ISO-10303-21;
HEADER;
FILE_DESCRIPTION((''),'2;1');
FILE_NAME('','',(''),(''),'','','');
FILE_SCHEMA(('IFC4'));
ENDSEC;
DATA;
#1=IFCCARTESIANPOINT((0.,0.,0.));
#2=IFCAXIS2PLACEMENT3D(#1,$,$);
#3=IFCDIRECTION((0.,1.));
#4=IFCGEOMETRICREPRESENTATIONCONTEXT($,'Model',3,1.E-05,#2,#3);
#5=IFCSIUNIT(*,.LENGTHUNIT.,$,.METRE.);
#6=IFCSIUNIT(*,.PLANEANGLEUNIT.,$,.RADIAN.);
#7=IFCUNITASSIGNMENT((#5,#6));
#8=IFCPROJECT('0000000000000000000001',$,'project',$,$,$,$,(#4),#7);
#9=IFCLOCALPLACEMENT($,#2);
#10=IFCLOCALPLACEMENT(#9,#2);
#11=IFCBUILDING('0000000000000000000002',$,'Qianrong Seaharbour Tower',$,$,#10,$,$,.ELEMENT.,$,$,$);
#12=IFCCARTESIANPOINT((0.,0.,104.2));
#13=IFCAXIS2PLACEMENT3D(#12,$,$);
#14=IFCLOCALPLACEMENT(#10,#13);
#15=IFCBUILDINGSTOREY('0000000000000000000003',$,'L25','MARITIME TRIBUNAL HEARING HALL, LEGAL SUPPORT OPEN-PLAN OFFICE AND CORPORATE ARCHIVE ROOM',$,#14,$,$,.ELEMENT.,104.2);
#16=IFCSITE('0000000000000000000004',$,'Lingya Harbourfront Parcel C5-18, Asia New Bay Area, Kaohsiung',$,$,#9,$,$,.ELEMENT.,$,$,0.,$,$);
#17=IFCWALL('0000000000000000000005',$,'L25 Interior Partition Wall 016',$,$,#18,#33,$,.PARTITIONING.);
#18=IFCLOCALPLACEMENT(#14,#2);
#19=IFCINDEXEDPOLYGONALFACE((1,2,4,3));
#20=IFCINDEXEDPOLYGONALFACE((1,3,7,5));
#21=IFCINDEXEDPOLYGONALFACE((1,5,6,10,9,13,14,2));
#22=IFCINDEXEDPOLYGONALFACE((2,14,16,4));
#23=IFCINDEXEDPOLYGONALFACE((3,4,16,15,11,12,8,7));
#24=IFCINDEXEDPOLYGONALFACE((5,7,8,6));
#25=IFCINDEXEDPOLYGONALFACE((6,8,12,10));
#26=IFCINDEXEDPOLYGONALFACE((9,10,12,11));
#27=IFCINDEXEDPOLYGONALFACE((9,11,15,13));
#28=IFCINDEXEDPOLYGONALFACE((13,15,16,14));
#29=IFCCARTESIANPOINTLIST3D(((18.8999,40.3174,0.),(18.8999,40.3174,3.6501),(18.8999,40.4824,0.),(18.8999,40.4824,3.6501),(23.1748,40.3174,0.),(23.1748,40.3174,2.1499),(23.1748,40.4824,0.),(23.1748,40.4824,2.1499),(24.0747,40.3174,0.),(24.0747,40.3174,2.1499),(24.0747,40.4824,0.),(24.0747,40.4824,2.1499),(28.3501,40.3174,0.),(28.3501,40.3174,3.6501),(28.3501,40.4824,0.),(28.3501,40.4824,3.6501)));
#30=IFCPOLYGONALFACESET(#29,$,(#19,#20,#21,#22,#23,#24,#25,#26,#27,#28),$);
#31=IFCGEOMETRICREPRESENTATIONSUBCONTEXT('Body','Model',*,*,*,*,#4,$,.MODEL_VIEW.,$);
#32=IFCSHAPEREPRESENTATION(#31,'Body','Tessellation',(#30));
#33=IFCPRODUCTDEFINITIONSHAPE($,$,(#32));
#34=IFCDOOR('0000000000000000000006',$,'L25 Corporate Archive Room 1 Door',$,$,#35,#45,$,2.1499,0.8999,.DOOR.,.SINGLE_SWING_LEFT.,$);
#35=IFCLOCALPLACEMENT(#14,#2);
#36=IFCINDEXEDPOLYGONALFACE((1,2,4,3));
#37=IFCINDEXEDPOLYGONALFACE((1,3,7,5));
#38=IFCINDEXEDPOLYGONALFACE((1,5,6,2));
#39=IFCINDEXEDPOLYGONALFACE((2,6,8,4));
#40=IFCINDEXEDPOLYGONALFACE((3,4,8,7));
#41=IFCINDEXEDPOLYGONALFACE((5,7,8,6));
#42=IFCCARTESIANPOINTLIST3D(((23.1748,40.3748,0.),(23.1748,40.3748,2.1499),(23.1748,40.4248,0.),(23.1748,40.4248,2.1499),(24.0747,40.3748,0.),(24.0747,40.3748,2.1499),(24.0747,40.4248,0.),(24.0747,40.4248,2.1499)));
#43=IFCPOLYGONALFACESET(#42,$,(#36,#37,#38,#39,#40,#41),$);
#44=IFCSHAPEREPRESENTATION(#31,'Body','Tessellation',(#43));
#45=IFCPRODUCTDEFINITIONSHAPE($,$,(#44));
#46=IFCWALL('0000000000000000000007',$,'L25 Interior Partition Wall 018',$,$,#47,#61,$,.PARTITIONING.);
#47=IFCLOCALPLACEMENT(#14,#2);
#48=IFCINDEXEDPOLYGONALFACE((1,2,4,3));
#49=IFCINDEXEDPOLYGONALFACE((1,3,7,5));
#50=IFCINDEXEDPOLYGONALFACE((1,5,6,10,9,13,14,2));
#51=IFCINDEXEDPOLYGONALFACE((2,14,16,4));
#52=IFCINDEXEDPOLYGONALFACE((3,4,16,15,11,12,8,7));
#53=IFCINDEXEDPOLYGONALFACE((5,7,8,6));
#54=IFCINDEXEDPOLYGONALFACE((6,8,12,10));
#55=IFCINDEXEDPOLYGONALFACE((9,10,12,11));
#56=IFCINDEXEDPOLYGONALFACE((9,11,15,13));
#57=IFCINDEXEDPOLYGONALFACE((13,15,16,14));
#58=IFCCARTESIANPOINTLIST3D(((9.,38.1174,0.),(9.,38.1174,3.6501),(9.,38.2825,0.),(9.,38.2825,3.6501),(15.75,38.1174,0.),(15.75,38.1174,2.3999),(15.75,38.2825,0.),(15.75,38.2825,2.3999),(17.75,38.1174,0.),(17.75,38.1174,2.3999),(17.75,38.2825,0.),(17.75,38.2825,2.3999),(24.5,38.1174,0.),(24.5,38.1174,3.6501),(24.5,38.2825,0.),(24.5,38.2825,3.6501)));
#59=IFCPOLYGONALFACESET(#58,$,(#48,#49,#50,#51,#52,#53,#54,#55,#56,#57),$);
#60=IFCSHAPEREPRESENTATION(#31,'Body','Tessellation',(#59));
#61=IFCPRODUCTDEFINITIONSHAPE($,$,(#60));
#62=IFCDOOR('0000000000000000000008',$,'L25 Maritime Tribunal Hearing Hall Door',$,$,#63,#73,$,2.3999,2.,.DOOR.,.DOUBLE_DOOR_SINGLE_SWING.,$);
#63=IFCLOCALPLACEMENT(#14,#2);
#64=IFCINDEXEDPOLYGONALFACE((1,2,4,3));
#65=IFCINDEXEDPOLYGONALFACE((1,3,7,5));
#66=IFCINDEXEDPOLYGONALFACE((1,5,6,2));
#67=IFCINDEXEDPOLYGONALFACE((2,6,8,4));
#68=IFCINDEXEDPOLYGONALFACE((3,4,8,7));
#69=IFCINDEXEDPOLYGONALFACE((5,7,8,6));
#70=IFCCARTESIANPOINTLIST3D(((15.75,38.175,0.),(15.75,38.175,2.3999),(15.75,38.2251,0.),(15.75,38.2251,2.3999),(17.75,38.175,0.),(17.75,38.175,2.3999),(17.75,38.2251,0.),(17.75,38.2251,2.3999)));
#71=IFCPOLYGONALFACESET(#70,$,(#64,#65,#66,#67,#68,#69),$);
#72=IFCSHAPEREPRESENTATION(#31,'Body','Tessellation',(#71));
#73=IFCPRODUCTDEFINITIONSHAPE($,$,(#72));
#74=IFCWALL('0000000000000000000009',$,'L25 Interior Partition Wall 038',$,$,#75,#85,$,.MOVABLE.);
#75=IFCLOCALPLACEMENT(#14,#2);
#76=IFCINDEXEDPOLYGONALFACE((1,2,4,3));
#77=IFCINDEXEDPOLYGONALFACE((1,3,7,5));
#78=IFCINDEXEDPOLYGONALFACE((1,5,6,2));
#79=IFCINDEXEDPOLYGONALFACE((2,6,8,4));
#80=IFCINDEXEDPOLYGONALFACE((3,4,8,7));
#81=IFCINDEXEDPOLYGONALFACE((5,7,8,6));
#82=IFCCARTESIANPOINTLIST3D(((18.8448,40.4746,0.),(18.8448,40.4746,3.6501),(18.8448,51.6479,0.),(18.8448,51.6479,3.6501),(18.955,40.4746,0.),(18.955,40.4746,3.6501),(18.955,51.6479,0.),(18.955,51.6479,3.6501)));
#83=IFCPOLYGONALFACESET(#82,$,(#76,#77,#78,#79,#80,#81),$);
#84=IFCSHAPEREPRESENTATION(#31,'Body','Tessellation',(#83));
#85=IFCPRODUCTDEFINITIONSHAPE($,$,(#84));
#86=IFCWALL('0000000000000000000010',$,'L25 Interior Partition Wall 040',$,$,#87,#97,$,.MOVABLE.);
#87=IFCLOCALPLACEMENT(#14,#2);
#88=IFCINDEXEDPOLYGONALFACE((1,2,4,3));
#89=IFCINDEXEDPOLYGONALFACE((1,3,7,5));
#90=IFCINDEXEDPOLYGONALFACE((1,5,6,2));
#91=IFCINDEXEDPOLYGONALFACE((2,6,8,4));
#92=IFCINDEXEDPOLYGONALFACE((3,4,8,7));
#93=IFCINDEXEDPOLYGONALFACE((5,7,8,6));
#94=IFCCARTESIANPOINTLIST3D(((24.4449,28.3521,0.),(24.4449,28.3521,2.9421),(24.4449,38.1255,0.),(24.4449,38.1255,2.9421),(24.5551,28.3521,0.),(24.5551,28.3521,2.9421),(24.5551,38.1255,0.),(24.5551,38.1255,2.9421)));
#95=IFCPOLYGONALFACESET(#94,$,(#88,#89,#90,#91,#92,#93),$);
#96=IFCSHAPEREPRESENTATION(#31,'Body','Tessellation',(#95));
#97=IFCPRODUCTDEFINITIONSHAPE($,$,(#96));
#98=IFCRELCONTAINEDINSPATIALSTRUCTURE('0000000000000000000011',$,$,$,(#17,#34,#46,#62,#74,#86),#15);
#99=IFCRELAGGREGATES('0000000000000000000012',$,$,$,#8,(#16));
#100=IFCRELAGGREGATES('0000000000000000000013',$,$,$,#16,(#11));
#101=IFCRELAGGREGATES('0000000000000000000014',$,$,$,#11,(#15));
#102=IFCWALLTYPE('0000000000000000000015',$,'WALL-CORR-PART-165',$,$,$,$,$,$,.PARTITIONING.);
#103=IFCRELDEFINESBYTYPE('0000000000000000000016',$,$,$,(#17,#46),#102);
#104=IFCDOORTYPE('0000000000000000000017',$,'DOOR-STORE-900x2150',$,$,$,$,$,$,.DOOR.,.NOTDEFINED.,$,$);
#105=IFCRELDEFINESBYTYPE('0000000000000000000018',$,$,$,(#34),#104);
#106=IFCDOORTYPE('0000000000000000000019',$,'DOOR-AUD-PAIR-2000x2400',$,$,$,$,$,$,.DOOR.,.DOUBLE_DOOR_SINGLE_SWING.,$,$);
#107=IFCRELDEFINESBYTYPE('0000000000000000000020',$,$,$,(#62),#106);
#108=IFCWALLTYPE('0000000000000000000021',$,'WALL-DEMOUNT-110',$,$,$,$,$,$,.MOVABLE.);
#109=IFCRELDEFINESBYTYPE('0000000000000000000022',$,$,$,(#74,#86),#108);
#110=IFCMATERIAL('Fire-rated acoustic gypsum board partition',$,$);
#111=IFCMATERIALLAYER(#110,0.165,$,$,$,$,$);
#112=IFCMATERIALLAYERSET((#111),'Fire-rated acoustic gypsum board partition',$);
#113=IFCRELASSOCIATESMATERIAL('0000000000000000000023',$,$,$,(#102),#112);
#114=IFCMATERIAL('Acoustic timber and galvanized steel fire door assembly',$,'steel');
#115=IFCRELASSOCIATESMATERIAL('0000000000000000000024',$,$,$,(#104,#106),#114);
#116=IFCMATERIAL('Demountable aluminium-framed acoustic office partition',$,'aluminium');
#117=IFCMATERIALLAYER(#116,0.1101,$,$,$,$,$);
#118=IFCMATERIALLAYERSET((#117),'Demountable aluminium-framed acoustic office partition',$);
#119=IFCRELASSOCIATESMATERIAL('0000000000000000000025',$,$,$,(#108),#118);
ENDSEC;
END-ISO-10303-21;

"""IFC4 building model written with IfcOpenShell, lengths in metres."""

from ifc_helpers import new_model, si_unit, direction, frame, frame_2d, origin, place, context, subcontext, project, spatial, rectangle, extrude, material, layer, layer_set, type_object, element, fill, save


model = new_model("IFC4")

# Units and contexts
model_context = context("Model", 3, precision=1e-05, world=origin(), true_north=direction((0.0, 1.0)))
body_context = subcontext(model_context, "Body", "Model", "MODEL_VIEW")
ifc_project = project(units=[si_unit("LENGTHUNIT", "METRE"), si_unit("PLANEANGLEUNIT", "RADIAN")], contexts=[model_context])

# Site, building, storey
site_placement = place(None, origin())
site = spatial("IfcSite", under=ifc_project, at=site_placement, Name="Lingya Harbourfront Parcel C5-18, Asia New Bay Area, Kaohsiung", CompositionType="ELEMENT", RefElevation=0.0)
building_placement = place(site_placement, origin())
building = spatial("IfcBuilding", under=site, at=building_placement, Name="Qianrong Seaharbour Tower", CompositionType="ELEMENT")
storey_placement = place(building_placement, frame((0.0, 0.0, 104.2)))
storey = spatial("IfcBuildingStorey", under=building, at=storey_placement, Name="L25", Description="MARITIME TRIBUNAL HEARING HALL, LEGAL SUPPORT OPEN-PLAN OFFICE AND CORPORATE ARCHIVE ROOM", CompositionType="ELEMENT", Elevation=104.2)

# Walls, openings, doors
ifc_material_1 = material(Name="Fire-rated acoustic gypsum board partition")
ifc_layer_1 = layer(ifc_material_1, 0.165)
ifc_layer_set_1 = layer_set([ifc_layer_1], Name="Fire-rated acoustic gypsum board partition")
wall_type_1 = type_object("IfcWallType", Name="WALL-CORR-PART-165", PredefinedType="PARTITIONING", material=ifc_layer_set_1)
wall_1_placement = place(storey_placement, frame((18.8999, 40.3999, 0.0), z_axis=(0.0, 0.0, 1.0), x_axis=(1.0, 0.0, 0.0)))
wall_1 = element("IfcWall", 1, at=wall_1_placement, inside=storey, type_object=wall_type_1, Name="L25 Interior Partition Wall 016", PredefinedType="PARTITIONING", context=body_context, shape_type="SweptSolid", body=[
    extrude(rectangle(XDim=9.4502, YDim=0.165, at=frame_2d((4.7251, 0.0))), origin(), (0.0, 0.0, 1.0), 3.6501),
])
opening_1_placement = place(wall_1_placement, frame((4.2749, 0.0, 0.0)))
opening_1 = element("IfcOpeningElement", 2, at=opening_1_placement, cuts=wall_1, PredefinedType="OPENING", context=body_context, shape_type="SweptSolid", body=[
    extrude(rectangle(XDim=0.8999, YDim=2.1499, at=frame_2d((0.45, 1.075))), frame((0.0, 0.0925, 0.0), z_axis=(0.0, -1.0, 0.0), x_axis=(1.0, 0.0, 0.0)), (0.0, 0.0, 1.0), 0.1851),
])
ifc_material_2 = material(Name="Acoustic timber and galvanized steel fire door assembly", Category="steel")
door_type_1 = type_object("IfcDoorType", Name="DOOR-STORE-900x2150", OperationType="NOTDEFINED", PredefinedType="DOOR", material=ifc_material_2)
door_1_placement = place(opening_1_placement, origin())
door_1 = element("IfcDoor", 3, at=door_1_placement, inside=storey, type_object=door_type_1, Name="L25 Corporate Archive Room 1 Door", OperationType="SINGLE_SWING_LEFT", OverallHeight=2.1499, OverallWidth=0.8999, PredefinedType="DOOR", context=body_context, shape_type="SweptSolid", body=[
    extrude(rectangle(XDim=0.8999, YDim=2.1499, at=frame_2d((0.45, 1.075))), frame((0.0, 0.0249, 0.0), z_axis=(0.0, -1.0, 0.0), x_axis=(1.0, 0.0, 0.0)), (0.0, 0.0, 1.0), 0.05),
])
fill(opening_1, door_1)
wall_2_placement = place(storey_placement, frame((24.5, 38.2, 0.0), z_axis=(0.0, 0.0, 1.0), x_axis=(-1.0, 0.0, 0.0)))
wall_2 = element("IfcWall", 4, at=wall_2_placement, inside=storey, type_object=wall_type_1, Name="L25 Interior Partition Wall 018", PredefinedType="PARTITIONING", context=body_context, shape_type="SweptSolid", body=[
    extrude(rectangle(XDim=15.5, YDim=0.165, at=frame_2d((7.75, 0.0))), origin(), (0.0, 0.0, 1.0), 3.6501),
])
opening_2_placement = place(wall_2_placement, frame((6.75, 0.0, 0.0)))
opening_2 = element("IfcOpeningElement", 5, at=opening_2_placement, cuts=wall_2, PredefinedType="OPENING", context=body_context, shape_type="SweptSolid", body=[
    extrude(rectangle(XDim=2.0, YDim=2.3999, at=frame_2d((1.0, 1.2))), frame((0.0, 0.0925, 0.0), z_axis=(0.0, -1.0, 0.0), x_axis=(1.0, 0.0, 0.0)), (0.0, 0.0, 1.0), 0.1851),
])
door_type_2 = type_object("IfcDoorType", Name="DOOR-AUD-PAIR-2000x2400", OperationType="DOUBLE_DOOR_SINGLE_SWING", PredefinedType="DOOR", material=ifc_material_2)
door_2_placement = place(opening_2_placement, origin())
door_2 = element("IfcDoor", 6, at=door_2_placement, inside=storey, type_object=door_type_2, Name="L25 Maritime Tribunal Hearing Hall Door", OperationType="DOUBLE_DOOR_SINGLE_SWING", OverallHeight=2.3999, OverallWidth=2.0, PredefinedType="DOOR", context=body_context, shape_type="SweptSolid", body=[
    extrude(rectangle(XDim=2.0, YDim=2.3999, at=frame_2d((1.0, 1.2))), frame((0.0, 0.0249, 0.0), z_axis=(0.0, -1.0, 0.0), x_axis=(1.0, 0.0, 0.0)), (0.0, 0.0, 1.0), 0.05),
])
fill(opening_2, door_2)

# Walls
ifc_material_3 = material(Name="Demountable aluminium-framed acoustic office partition", Category="aluminium")
ifc_layer_2 = layer(ifc_material_3, 0.1101)
ifc_layer_set_2 = layer_set([ifc_layer_2], Name="Demountable aluminium-framed acoustic office partition")
wall_type_2 = type_object("IfcWallType", Name="WALL-DEMOUNT-110", PredefinedType="MOVABLE", material=ifc_layer_set_2)
wall_3_placement = place(storey_placement, frame((18.8999, 51.6479, 0.0), z_axis=(0.0, 0.0, 1.0), x_axis=(0.0, -1.0, 0.0)))
element("IfcWall", 7, at=wall_3_placement, inside=storey, type_object=wall_type_2, Name="L25 Interior Partition Wall 038", PredefinedType="MOVABLE", context=body_context, shape_type="SweptSolid", body=[
    extrude(rectangle(XDim=11.1733, YDim=0.1101, at=frame_2d((5.5867, 0.0))), origin(), (0.0, 0.0, 1.0), 3.6501),
])
wall_4_placement = place(storey_placement, frame((24.5, 38.1255, 0.0), z_axis=(0.0, 0.0, 1.0), x_axis=(0.0, -1.0, 0.0)))
element("IfcWall", 8, at=wall_4_placement, inside=storey, type_object=wall_type_2, Name="L25 Interior Partition Wall 040", PredefinedType="MOVABLE", context=body_context, shape_type="SweptSolid", body=[
    extrude(rectangle(XDim=9.7734, YDim=0.1101, at=frame_2d((4.8867, 0.0))), origin(), (0.0, 0.0, 1.0), 2.9421),
])

save(model, "model.ifc")
